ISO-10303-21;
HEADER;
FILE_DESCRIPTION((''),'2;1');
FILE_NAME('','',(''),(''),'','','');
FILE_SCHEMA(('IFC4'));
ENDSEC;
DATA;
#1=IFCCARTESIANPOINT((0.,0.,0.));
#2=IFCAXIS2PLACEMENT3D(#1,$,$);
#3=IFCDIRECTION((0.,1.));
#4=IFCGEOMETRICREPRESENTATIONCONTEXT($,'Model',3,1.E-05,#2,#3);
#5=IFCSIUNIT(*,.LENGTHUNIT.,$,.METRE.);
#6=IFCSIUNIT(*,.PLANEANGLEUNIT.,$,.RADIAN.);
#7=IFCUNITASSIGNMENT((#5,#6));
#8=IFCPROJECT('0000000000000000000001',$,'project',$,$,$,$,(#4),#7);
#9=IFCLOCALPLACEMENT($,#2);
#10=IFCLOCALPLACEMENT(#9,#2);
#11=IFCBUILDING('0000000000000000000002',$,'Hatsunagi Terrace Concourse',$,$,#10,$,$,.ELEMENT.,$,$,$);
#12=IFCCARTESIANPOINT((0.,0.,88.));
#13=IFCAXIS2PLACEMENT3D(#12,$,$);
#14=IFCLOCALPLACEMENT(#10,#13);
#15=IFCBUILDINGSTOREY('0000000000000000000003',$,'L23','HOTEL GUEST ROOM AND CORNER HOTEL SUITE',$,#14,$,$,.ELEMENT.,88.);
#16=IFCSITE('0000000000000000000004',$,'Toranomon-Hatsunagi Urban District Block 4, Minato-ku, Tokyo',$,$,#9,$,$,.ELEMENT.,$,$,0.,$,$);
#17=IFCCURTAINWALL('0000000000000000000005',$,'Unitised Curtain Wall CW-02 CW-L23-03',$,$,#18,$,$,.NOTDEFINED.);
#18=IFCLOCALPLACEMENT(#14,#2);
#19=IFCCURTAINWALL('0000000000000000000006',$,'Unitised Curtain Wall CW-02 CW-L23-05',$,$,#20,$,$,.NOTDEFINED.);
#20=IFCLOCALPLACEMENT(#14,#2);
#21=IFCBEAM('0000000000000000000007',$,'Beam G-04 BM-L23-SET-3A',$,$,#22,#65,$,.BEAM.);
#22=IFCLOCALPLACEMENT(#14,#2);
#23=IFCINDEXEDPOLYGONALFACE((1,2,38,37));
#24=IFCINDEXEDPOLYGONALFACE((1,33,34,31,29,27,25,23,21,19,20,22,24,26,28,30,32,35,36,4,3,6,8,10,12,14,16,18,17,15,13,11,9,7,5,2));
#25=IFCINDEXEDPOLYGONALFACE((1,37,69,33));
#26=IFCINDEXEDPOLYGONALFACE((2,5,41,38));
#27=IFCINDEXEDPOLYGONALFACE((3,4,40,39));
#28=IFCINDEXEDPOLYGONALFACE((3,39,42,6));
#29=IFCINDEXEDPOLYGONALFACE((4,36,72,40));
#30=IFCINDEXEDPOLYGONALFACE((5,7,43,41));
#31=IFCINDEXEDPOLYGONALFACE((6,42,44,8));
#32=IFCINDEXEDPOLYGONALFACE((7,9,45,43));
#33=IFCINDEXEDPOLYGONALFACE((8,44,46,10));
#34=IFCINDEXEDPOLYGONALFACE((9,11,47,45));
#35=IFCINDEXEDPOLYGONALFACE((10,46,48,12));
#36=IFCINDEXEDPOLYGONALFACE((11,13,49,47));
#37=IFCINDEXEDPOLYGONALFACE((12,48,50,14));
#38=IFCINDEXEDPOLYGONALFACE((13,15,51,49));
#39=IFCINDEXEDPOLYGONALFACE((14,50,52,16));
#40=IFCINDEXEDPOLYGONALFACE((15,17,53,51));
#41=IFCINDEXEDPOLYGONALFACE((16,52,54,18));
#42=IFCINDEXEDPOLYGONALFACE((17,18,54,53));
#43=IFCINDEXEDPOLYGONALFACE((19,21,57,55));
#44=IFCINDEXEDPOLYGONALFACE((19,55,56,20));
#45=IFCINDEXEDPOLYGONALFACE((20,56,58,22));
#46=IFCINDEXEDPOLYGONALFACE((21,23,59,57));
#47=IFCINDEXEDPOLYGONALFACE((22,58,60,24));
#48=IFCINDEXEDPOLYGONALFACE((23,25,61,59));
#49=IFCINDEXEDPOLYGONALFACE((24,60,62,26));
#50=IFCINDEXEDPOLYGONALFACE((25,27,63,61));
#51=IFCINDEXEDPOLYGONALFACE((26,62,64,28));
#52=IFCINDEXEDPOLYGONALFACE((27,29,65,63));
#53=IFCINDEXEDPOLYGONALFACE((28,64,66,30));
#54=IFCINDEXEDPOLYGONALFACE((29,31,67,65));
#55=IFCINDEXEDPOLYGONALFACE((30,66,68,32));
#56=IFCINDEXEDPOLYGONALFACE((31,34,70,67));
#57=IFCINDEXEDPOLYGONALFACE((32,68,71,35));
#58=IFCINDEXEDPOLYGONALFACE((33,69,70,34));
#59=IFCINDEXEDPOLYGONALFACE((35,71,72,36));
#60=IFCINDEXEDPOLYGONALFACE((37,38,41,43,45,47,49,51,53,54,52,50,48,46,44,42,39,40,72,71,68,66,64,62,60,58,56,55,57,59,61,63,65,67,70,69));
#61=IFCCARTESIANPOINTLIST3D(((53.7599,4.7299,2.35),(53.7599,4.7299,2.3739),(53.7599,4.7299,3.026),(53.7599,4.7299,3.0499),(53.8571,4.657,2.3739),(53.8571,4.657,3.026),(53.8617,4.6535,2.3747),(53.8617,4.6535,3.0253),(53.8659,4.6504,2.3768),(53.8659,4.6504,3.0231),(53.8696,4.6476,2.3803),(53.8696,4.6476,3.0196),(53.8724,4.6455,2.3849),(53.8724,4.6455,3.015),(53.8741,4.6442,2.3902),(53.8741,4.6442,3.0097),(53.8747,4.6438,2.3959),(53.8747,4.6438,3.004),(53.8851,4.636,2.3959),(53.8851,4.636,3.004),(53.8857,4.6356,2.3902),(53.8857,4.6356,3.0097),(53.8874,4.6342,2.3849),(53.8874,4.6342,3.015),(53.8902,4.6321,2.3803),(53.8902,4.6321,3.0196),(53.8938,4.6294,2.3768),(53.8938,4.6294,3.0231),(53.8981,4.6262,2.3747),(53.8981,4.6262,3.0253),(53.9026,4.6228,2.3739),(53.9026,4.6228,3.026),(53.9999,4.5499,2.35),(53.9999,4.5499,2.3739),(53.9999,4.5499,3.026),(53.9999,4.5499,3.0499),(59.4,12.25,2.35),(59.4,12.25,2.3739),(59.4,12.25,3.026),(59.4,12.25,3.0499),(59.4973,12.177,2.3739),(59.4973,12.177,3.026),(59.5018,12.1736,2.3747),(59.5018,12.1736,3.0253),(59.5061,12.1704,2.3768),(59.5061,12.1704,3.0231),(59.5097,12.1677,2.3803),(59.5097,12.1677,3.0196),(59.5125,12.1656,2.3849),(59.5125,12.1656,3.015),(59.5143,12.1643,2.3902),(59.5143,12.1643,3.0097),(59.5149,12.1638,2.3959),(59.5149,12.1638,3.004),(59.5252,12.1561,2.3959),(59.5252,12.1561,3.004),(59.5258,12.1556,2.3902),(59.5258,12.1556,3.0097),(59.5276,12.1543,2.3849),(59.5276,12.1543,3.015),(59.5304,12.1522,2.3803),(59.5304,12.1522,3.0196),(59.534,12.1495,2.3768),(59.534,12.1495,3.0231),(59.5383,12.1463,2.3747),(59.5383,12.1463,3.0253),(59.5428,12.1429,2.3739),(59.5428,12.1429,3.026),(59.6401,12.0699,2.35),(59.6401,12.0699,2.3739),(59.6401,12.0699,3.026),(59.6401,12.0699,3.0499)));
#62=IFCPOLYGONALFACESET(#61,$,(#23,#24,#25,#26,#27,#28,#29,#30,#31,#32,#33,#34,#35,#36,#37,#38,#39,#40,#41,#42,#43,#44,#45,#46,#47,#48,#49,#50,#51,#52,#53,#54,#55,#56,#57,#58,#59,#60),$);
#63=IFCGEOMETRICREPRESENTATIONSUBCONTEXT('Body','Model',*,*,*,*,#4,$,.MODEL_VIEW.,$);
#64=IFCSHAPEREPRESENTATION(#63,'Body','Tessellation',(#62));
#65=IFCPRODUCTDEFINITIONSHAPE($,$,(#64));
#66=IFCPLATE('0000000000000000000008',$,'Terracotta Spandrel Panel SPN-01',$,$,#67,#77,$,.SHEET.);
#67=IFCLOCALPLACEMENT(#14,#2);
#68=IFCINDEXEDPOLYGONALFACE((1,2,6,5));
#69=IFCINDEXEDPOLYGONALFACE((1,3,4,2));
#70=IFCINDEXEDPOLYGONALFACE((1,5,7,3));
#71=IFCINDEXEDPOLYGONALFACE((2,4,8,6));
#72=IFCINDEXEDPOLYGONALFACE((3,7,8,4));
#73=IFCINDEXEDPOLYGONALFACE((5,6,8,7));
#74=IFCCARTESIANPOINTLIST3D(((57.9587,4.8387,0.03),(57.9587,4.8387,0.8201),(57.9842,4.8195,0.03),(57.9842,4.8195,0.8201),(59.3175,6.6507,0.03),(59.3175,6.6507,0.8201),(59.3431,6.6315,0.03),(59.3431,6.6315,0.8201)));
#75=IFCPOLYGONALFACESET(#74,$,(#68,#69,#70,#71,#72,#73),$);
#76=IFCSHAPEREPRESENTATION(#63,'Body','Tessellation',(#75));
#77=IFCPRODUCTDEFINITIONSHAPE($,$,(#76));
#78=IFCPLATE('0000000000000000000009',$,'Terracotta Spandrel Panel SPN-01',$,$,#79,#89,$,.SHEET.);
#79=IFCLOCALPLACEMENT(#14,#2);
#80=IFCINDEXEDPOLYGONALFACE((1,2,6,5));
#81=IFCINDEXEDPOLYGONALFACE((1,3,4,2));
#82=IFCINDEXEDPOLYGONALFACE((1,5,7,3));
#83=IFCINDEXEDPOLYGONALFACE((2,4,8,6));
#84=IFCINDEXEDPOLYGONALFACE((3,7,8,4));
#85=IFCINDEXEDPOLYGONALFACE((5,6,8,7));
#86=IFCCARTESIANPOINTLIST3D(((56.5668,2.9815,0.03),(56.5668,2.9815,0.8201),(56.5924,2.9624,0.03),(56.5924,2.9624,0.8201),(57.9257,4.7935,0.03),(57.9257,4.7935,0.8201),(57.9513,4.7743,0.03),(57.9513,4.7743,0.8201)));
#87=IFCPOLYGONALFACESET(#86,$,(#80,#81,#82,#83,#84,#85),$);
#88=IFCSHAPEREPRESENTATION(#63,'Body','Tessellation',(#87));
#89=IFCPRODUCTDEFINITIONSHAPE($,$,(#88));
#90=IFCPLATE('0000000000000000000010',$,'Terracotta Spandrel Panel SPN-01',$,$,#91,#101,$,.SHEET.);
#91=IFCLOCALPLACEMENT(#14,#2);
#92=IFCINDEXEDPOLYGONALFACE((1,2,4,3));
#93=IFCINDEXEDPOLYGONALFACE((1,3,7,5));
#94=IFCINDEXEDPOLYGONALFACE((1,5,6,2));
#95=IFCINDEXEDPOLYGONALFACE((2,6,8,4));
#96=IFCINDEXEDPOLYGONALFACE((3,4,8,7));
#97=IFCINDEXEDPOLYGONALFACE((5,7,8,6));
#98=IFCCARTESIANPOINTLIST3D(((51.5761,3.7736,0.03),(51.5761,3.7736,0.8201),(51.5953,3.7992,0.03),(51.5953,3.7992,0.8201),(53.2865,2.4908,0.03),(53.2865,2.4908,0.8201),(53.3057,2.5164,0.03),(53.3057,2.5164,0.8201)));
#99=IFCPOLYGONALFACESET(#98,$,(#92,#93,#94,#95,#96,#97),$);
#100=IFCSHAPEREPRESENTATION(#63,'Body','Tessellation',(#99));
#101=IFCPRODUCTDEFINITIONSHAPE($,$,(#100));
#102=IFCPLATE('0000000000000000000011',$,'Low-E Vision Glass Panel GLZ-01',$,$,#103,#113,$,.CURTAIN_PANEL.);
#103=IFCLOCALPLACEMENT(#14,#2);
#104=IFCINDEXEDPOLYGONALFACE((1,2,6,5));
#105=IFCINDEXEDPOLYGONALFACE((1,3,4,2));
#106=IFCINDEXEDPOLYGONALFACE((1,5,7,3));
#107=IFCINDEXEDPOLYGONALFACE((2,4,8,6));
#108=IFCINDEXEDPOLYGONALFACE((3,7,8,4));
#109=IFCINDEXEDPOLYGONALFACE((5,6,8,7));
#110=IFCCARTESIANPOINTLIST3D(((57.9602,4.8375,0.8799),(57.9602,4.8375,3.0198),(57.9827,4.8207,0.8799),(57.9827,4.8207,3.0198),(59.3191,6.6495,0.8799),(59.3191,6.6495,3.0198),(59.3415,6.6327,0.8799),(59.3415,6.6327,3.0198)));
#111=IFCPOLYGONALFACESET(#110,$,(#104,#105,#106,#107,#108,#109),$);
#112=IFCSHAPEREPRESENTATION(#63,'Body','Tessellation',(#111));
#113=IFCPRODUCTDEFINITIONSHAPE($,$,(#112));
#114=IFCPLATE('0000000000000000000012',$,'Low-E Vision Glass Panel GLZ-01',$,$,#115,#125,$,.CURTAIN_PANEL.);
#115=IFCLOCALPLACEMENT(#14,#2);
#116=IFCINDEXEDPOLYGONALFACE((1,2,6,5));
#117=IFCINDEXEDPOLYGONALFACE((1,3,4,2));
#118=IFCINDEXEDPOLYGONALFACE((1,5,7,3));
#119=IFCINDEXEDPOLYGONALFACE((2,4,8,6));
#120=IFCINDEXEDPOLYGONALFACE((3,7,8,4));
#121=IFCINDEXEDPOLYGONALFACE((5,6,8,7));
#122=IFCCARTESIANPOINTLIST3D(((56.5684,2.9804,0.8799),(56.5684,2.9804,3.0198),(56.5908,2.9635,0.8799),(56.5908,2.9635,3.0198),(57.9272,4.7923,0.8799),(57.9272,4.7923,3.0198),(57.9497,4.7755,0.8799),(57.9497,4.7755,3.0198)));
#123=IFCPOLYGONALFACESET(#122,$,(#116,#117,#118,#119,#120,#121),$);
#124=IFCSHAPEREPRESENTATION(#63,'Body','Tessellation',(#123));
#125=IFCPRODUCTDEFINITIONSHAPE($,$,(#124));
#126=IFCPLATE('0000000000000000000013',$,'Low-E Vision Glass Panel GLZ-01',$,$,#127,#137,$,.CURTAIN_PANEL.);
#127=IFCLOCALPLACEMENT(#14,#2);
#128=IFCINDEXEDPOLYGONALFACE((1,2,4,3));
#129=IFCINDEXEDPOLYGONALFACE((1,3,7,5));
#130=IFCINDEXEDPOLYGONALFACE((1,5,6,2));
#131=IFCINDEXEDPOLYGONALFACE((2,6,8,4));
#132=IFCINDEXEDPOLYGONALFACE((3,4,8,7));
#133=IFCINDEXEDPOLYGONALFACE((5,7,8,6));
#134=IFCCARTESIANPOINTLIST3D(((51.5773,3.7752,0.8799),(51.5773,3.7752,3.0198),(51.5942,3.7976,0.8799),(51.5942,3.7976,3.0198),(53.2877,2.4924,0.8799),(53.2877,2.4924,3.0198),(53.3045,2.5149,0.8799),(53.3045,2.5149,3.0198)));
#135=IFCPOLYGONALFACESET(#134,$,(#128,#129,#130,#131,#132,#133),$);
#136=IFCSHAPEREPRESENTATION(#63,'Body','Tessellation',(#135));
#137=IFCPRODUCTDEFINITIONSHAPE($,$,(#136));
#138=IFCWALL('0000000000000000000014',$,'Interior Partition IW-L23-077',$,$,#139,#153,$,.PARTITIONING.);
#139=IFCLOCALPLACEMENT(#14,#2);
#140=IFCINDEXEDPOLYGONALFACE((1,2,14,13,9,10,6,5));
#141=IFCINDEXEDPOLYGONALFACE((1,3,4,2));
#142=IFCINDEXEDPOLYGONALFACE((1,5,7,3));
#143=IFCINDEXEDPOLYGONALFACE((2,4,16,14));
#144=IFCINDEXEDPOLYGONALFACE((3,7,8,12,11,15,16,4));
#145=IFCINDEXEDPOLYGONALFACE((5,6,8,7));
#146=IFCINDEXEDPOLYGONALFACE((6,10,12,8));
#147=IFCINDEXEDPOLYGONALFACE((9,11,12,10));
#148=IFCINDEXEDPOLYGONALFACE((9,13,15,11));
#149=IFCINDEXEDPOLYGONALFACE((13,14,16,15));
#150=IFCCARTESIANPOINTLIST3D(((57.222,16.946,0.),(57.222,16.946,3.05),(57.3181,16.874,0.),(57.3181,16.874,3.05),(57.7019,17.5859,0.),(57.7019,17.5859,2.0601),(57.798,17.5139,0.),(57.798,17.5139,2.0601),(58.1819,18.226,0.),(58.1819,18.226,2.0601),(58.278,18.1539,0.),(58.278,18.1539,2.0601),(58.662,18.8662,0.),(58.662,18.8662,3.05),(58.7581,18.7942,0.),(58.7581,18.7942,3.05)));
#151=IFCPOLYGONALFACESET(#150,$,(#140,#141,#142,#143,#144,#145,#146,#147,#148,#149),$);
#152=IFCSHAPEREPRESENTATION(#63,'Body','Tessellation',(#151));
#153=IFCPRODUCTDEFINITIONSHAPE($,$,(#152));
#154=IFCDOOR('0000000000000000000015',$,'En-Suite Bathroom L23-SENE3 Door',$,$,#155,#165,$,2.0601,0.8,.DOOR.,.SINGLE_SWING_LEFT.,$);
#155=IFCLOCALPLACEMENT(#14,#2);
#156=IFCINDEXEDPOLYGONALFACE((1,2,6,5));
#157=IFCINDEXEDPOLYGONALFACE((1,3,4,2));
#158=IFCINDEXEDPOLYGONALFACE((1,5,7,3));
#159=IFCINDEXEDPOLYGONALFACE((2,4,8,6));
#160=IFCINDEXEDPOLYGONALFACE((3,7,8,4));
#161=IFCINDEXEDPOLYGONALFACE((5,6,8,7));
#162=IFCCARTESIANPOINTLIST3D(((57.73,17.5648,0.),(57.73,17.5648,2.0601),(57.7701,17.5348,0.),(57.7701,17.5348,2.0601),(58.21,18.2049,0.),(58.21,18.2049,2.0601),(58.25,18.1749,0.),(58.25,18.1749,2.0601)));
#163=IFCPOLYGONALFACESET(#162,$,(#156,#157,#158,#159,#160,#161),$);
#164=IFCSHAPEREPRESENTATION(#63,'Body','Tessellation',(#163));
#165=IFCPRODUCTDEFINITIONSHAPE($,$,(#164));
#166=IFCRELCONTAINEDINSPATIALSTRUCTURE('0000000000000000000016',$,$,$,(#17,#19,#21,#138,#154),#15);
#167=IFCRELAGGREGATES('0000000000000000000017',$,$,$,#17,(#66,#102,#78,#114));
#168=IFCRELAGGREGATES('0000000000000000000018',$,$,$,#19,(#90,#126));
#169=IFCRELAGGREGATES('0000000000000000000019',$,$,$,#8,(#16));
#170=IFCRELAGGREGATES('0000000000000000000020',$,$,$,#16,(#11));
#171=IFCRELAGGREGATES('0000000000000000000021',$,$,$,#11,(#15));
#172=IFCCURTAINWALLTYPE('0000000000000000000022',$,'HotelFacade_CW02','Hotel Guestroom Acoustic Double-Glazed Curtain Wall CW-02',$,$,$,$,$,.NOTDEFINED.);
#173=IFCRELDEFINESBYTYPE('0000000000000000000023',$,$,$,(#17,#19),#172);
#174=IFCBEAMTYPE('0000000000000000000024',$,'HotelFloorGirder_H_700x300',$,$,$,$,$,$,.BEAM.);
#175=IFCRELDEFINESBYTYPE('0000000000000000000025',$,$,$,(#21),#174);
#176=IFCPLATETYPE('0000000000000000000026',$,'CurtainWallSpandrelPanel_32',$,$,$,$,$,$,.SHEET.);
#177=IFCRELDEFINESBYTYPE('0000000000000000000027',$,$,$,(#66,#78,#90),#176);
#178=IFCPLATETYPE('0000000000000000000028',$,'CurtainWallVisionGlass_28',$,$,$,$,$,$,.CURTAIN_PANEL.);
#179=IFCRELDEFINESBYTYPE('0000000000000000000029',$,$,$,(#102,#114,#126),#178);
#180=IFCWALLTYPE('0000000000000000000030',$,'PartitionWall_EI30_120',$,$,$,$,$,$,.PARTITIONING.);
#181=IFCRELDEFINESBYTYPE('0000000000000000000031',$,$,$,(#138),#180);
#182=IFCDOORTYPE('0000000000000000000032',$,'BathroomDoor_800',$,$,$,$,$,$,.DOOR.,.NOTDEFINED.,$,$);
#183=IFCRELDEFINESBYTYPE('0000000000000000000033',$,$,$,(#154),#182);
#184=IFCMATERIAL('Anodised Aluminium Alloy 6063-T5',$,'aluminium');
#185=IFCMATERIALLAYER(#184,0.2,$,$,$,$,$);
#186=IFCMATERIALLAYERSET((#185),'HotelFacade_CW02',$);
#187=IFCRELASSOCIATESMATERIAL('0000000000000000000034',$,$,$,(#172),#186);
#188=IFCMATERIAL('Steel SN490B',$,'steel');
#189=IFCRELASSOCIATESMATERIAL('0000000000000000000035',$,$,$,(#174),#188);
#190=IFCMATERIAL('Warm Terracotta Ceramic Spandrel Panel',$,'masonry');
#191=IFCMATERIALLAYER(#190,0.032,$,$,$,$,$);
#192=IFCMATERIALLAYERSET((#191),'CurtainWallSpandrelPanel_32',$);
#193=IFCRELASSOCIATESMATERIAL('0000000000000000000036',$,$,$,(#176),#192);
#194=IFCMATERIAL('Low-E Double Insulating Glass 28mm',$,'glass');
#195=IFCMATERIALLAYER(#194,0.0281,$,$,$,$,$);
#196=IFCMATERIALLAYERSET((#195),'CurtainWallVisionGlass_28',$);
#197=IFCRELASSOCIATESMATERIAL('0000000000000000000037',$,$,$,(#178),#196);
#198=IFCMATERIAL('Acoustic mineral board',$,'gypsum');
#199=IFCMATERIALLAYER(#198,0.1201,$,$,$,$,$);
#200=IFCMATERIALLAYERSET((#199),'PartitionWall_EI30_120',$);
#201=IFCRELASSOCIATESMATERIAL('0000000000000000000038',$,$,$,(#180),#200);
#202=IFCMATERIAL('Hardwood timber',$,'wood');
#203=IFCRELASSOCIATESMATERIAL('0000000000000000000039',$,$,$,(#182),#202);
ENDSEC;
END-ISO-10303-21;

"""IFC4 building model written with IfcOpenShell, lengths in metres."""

from ifc_helpers import new_model, si_unit, direction, frame, frame_2d, origin, origin_2d, place, context, subcontext, project, spatial, rectangle, i_section, extrude, material, layer, layer_set, material_profile, profile_set, type_object, element, fill, aggregate, save


model = new_model("IFC4")

# Units and contexts
model_context = context("Model", 3, precision=1e-05, world=origin(), true_north=direction((0.0, 1.0)))
body_context = subcontext(model_context, "Body", "Model", "MODEL_VIEW")
ifc_project = project(units=[si_unit("LENGTHUNIT", "METRE"), si_unit("PLANEANGLEUNIT", "RADIAN")], contexts=[model_context])

# Site, building, storey
site_placement = place(None, origin())
site = spatial("IfcSite", under=ifc_project, at=site_placement, Name="Toranomon-Hatsunagi Urban District Block 4, Minato-ku, Tokyo", CompositionType="ELEMENT", RefElevation=0.0)
building_placement = place(site_placement, origin())
building = spatial("IfcBuilding", under=site, at=building_placement, Name="Hatsunagi Terrace Concourse", CompositionType="ELEMENT")
storey_placement = place(building_placement, frame((0.0, 0.0, 88.0)))
storey = spatial("IfcBuildingStorey", under=building, at=storey_placement, Name="L23", Description="HOTEL GUEST ROOM AND CORNER HOTEL SUITE", CompositionType="ELEMENT", Elevation=88.0)

# Curtain walls
ifc_material_1 = material(Name="Anodised Aluminium Alloy 6063-T5", Category="aluminium")
ifc_layer_1 = layer(ifc_material_1, 0.2)
ifc_layer_set_1 = layer_set([ifc_layer_1], Name="HotelFacade_CW02")
curtain_wall_type = type_object("IfcCurtainWallType", Name="HotelFacade_CW02", Description="Hotel Guestroom Acoustic Double-Glazed Curtain Wall CW-02", PredefinedType="NOTDEFINED", material=ifc_layer_set_1)
curtain_wall_1_placement = place(storey_placement, origin())
curtain_wall_1 = element("IfcCurtainWall", 1, at=curtain_wall_1_placement, inside=storey, type_object=curtain_wall_type, Name="Unitised Curtain Wall CW-02 CW-L23-03", PredefinedType="NOTDEFINED")
curtain_wall_2_placement = place(storey_placement, origin())
curtain_wall_2 = element("IfcCurtainWall", 2, at=curtain_wall_2_placement, inside=storey, type_object=curtain_wall_type, Name="Unitised Curtain Wall CW-02 CW-L23-05", PredefinedType="NOTDEFINED")

# Beam
ifc_material_2 = material(Name="Steel SN490B", Category="steel")
ifc_material_profile_1 = material_profile(ifc_material_2, i_section(OverallWidth=0.3, OverallDepth=0.7, WebThickness=0.0129, FlangeThickness=0.0239, FilletRadius=0.022, at=origin_2d()), Name="H-700x300x13x24")
ifc_profile_set_1 = profile_set([ifc_material_profile_1], Name="Steel SN490B")
beam_type = type_object("IfcBeamType", Name="HotelFloorGirder_H_700x300", PredefinedType="BEAM", material=ifc_profile_set_1)
beam_placement = place(storey_placement, frame((53.8799, 4.6399, 2.7), z_axis=(0.600008, 0.799994, 0.0), x_axis=(-0.799994, 0.600008, 0.0)))
element("IfcBeam", 3, at=beam_placement, inside=storey, type_object=beam_type, Name="Beam G-04 BM-L23-SET-3A", PredefinedType="BEAM", context=body_context, shape_type="SweptSolid", body=[
    extrude(i_section(OverallWidth=0.3, OverallDepth=0.7, WebThickness=0.0129, FlangeThickness=0.0239, FilletRadius=0.022, at=origin_2d()), origin(), (0.0, 0.0, 1.0), 9.4001),
])

# Plates
ifc_material_3 = material(Name="Warm Terracotta Ceramic Spandrel Panel", Category="masonry")
ifc_layer_2 = layer(ifc_material_3, 0.032)
ifc_layer_set_2 = layer_set([ifc_layer_2], Name="CurtainWallSpandrelPanel_32")
plate_type_1 = type_object("IfcPlateType", Name="CurtainWallSpandrelPanel_32", PredefinedType="SHEET", material=ifc_layer_set_2)
plate_1_placement = place(storey_placement, frame((58.6509, 5.7351, 0.03), z_axis=(0.0, 0.0, 1.0), x_axis=(-0.599969, -0.800023, 0.0)))
plate_1 = element("IfcPlate", 4, at=plate_1_placement, type_object=plate_type_1, Name="Terracotta Spandrel Panel SPN-01", PredefinedType="SHEET", context=body_context, shape_type="SweptSolid", body=[
    extrude(rectangle(XDim=2.2649, YDim=0.032, at=origin_2d()), origin(), (0.0, 0.0, 1.0), 0.79),
])
plate_2_placement = place(storey_placement, frame((57.259, 3.8779, 0.03), z_axis=(0.0, 0.0, 1.0), x_axis=(-0.599969, -0.800023, 0.0)))
plate_2 = element("IfcPlate", 5, at=plate_2_placement, type_object=plate_type_1, Name="Terracotta Spandrel Panel SPN-01", PredefinedType="SHEET", context=body_context, shape_type="SweptSolid", body=[
    extrude(rectangle(XDim=2.2649, YDim=0.032, at=origin_2d()), origin(), (0.0, 0.0, 1.0), 0.79),
])
plate_3_placement = place(storey_placement, frame((52.4409, 3.145, 0.03), z_axis=(0.0, 0.0, 1.0), x_axis=(-0.800003, 0.599996, 0.0)))
plate_3 = element("IfcPlate", 6, at=plate_3_placement, type_object=plate_type_1, Name="Terracotta Spandrel Panel SPN-01", PredefinedType="SHEET", context=body_context, shape_type="SweptSolid", body=[
    extrude(rectangle(XDim=2.1379, YDim=0.032, at=origin_2d()), origin(), (0.0, 0.0, 1.0), 0.79),
])
ifc_material_4 = material(Name="Low-E Double Insulating Glass 28mm", Category="glass")
ifc_layer_3 = layer(ifc_material_4, 0.0281)
ifc_layer_set_3 = layer_set([ifc_layer_3], Name="CurtainWallVisionGlass_28")
plate_type_2 = type_object("IfcPlateType", Name="CurtainWallVisionGlass_28", PredefinedType="CURTAIN_PANEL", material=ifc_layer_set_3)
plate_4_placement = place(storey_placement, frame((58.6509, 5.7351, 0.8799), z_axis=(0.0, 0.0, 1.0), x_axis=(-0.599969, -0.800023, 0.0)))
plate_4 = element("IfcPlate", 7, at=plate_4_placement, type_object=plate_type_2, Name="Low-E Vision Glass Panel GLZ-01", PredefinedType="CURTAIN_PANEL", context=body_context, shape_type="SweptSolid", body=[
    extrude(rectangle(XDim=2.2649, YDim=0.0281, at=origin_2d()), origin(), (0.0, 0.0, 1.0), 2.1399),
])
plate_5_placement = place(storey_placement, frame((57.259, 3.8779, 0.8799), z_axis=(0.0, 0.0, 1.0), x_axis=(-0.599969, -0.800023, 0.0)))
plate_5 = element("IfcPlate", 8, at=plate_5_placement, type_object=plate_type_2, Name="Low-E Vision Glass Panel GLZ-01", PredefinedType="CURTAIN_PANEL", context=body_context, shape_type="SweptSolid", body=[
    extrude(rectangle(XDim=2.2649, YDim=0.0281, at=origin_2d()), origin(), (0.0, 0.0, 1.0), 2.1399),
])
aggregate(curtain_wall_1, [plate_1, plate_4, plate_2, plate_5])
plate_6_placement = place(storey_placement, frame((52.4409, 3.145, 0.8799), z_axis=(0.0, 0.0, 1.0), x_axis=(-0.800003, 0.599996, 0.0)))
plate_6 = element("IfcPlate", 9, at=plate_6_placement, type_object=plate_type_2, Name="Low-E Vision Glass Panel GLZ-01", PredefinedType="CURTAIN_PANEL", context=body_context, shape_type="SweptSolid", body=[
    extrude(rectangle(XDim=2.1379, YDim=0.0281, at=origin_2d()), origin(), (0.0, 0.0, 1.0), 2.1399),
])
aggregate(curtain_wall_2, [plate_3, plate_6])

# Wall, opening, door
ifc_material_5 = material(Name="Acoustic mineral board", Category="gypsum")
ifc_layer_4 = layer(ifc_material_5, 0.1201)
ifc_layer_set_4 = layer_set([ifc_layer_4], Name="PartitionWall_EI30_120")
wall_type_1 = type_object("IfcWallType", Name="PartitionWall_EI30_120", PredefinedType="PARTITIONING", material=ifc_layer_set_4)
wall_1_placement = place(storey_placement, frame((57.27, 16.9099, 0.0), z_axis=(0.0, 0.0, 1.0), x_axis=(0.599951, 0.800037, 0.0)))
wall_1 = element("IfcWall", 10, at=wall_1_placement, inside=storey, type_object=wall_type_1, Name="Interior Partition IW-L23-077", PredefinedType="PARTITIONING", context=body_context, shape_type="SweptSolid", body=[
    extrude(rectangle(XDim=2.4001, YDim=0.1201, at=frame_2d((1.2002, 0.0))), origin(), (0.0, 0.0, 1.0), 3.05),
])
opening_1_placement = place(wall_1_placement, frame((0.8, 0.0, 0.0)))
opening_1 = element("IfcOpeningElement", 11, at=opening_1_placement, cuts=wall_1, PredefinedType="OPENING", context=body_context, shape_type="SweptSolid", body=[
    extrude(rectangle(XDim=0.8, YDim=2.0601, at=frame_2d((0.3999, 1.03))), frame((0.0, 0.0701, 0.0), z_axis=(0.0, -1.0, 0.0), x_axis=(1.0, 0.0, 0.0)), (0.0, 0.0, 1.0), 0.1401),
])
ifc_material_6 = material(Name="Hardwood timber", Category="wood")
door_type_1 = type_object("IfcDoorType", Name="BathroomDoor_800", OperationType="NOTDEFINED", PredefinedType="DOOR", material=ifc_material_6)
door_1_placement = place(opening_1_placement, origin())
door_1 = element("IfcDoor", 12, at=door_1_placement, inside=storey, type_object=door_type_1, Name="En-Suite Bathroom L23-SENE3 Door", OperationType="SINGLE_SWING_LEFT", OverallHeight=2.0601, OverallWidth=0.8, PredefinedType="DOOR", context=body_context, shape_type="SweptSolid", body=[
    extrude(rectangle(XDim=0.8, YDim=2.0601, at=frame_2d((0.3999, 1.03))), frame((0.0, 0.0249, 0.0), z_axis=(0.0, -1.0, 0.0), x_axis=(1.0, 0.0, 0.0)), (0.0, 0.0, 1.0), 0.05),
])
fill(opening_1, door_1)

save(model, "model.ifc")
